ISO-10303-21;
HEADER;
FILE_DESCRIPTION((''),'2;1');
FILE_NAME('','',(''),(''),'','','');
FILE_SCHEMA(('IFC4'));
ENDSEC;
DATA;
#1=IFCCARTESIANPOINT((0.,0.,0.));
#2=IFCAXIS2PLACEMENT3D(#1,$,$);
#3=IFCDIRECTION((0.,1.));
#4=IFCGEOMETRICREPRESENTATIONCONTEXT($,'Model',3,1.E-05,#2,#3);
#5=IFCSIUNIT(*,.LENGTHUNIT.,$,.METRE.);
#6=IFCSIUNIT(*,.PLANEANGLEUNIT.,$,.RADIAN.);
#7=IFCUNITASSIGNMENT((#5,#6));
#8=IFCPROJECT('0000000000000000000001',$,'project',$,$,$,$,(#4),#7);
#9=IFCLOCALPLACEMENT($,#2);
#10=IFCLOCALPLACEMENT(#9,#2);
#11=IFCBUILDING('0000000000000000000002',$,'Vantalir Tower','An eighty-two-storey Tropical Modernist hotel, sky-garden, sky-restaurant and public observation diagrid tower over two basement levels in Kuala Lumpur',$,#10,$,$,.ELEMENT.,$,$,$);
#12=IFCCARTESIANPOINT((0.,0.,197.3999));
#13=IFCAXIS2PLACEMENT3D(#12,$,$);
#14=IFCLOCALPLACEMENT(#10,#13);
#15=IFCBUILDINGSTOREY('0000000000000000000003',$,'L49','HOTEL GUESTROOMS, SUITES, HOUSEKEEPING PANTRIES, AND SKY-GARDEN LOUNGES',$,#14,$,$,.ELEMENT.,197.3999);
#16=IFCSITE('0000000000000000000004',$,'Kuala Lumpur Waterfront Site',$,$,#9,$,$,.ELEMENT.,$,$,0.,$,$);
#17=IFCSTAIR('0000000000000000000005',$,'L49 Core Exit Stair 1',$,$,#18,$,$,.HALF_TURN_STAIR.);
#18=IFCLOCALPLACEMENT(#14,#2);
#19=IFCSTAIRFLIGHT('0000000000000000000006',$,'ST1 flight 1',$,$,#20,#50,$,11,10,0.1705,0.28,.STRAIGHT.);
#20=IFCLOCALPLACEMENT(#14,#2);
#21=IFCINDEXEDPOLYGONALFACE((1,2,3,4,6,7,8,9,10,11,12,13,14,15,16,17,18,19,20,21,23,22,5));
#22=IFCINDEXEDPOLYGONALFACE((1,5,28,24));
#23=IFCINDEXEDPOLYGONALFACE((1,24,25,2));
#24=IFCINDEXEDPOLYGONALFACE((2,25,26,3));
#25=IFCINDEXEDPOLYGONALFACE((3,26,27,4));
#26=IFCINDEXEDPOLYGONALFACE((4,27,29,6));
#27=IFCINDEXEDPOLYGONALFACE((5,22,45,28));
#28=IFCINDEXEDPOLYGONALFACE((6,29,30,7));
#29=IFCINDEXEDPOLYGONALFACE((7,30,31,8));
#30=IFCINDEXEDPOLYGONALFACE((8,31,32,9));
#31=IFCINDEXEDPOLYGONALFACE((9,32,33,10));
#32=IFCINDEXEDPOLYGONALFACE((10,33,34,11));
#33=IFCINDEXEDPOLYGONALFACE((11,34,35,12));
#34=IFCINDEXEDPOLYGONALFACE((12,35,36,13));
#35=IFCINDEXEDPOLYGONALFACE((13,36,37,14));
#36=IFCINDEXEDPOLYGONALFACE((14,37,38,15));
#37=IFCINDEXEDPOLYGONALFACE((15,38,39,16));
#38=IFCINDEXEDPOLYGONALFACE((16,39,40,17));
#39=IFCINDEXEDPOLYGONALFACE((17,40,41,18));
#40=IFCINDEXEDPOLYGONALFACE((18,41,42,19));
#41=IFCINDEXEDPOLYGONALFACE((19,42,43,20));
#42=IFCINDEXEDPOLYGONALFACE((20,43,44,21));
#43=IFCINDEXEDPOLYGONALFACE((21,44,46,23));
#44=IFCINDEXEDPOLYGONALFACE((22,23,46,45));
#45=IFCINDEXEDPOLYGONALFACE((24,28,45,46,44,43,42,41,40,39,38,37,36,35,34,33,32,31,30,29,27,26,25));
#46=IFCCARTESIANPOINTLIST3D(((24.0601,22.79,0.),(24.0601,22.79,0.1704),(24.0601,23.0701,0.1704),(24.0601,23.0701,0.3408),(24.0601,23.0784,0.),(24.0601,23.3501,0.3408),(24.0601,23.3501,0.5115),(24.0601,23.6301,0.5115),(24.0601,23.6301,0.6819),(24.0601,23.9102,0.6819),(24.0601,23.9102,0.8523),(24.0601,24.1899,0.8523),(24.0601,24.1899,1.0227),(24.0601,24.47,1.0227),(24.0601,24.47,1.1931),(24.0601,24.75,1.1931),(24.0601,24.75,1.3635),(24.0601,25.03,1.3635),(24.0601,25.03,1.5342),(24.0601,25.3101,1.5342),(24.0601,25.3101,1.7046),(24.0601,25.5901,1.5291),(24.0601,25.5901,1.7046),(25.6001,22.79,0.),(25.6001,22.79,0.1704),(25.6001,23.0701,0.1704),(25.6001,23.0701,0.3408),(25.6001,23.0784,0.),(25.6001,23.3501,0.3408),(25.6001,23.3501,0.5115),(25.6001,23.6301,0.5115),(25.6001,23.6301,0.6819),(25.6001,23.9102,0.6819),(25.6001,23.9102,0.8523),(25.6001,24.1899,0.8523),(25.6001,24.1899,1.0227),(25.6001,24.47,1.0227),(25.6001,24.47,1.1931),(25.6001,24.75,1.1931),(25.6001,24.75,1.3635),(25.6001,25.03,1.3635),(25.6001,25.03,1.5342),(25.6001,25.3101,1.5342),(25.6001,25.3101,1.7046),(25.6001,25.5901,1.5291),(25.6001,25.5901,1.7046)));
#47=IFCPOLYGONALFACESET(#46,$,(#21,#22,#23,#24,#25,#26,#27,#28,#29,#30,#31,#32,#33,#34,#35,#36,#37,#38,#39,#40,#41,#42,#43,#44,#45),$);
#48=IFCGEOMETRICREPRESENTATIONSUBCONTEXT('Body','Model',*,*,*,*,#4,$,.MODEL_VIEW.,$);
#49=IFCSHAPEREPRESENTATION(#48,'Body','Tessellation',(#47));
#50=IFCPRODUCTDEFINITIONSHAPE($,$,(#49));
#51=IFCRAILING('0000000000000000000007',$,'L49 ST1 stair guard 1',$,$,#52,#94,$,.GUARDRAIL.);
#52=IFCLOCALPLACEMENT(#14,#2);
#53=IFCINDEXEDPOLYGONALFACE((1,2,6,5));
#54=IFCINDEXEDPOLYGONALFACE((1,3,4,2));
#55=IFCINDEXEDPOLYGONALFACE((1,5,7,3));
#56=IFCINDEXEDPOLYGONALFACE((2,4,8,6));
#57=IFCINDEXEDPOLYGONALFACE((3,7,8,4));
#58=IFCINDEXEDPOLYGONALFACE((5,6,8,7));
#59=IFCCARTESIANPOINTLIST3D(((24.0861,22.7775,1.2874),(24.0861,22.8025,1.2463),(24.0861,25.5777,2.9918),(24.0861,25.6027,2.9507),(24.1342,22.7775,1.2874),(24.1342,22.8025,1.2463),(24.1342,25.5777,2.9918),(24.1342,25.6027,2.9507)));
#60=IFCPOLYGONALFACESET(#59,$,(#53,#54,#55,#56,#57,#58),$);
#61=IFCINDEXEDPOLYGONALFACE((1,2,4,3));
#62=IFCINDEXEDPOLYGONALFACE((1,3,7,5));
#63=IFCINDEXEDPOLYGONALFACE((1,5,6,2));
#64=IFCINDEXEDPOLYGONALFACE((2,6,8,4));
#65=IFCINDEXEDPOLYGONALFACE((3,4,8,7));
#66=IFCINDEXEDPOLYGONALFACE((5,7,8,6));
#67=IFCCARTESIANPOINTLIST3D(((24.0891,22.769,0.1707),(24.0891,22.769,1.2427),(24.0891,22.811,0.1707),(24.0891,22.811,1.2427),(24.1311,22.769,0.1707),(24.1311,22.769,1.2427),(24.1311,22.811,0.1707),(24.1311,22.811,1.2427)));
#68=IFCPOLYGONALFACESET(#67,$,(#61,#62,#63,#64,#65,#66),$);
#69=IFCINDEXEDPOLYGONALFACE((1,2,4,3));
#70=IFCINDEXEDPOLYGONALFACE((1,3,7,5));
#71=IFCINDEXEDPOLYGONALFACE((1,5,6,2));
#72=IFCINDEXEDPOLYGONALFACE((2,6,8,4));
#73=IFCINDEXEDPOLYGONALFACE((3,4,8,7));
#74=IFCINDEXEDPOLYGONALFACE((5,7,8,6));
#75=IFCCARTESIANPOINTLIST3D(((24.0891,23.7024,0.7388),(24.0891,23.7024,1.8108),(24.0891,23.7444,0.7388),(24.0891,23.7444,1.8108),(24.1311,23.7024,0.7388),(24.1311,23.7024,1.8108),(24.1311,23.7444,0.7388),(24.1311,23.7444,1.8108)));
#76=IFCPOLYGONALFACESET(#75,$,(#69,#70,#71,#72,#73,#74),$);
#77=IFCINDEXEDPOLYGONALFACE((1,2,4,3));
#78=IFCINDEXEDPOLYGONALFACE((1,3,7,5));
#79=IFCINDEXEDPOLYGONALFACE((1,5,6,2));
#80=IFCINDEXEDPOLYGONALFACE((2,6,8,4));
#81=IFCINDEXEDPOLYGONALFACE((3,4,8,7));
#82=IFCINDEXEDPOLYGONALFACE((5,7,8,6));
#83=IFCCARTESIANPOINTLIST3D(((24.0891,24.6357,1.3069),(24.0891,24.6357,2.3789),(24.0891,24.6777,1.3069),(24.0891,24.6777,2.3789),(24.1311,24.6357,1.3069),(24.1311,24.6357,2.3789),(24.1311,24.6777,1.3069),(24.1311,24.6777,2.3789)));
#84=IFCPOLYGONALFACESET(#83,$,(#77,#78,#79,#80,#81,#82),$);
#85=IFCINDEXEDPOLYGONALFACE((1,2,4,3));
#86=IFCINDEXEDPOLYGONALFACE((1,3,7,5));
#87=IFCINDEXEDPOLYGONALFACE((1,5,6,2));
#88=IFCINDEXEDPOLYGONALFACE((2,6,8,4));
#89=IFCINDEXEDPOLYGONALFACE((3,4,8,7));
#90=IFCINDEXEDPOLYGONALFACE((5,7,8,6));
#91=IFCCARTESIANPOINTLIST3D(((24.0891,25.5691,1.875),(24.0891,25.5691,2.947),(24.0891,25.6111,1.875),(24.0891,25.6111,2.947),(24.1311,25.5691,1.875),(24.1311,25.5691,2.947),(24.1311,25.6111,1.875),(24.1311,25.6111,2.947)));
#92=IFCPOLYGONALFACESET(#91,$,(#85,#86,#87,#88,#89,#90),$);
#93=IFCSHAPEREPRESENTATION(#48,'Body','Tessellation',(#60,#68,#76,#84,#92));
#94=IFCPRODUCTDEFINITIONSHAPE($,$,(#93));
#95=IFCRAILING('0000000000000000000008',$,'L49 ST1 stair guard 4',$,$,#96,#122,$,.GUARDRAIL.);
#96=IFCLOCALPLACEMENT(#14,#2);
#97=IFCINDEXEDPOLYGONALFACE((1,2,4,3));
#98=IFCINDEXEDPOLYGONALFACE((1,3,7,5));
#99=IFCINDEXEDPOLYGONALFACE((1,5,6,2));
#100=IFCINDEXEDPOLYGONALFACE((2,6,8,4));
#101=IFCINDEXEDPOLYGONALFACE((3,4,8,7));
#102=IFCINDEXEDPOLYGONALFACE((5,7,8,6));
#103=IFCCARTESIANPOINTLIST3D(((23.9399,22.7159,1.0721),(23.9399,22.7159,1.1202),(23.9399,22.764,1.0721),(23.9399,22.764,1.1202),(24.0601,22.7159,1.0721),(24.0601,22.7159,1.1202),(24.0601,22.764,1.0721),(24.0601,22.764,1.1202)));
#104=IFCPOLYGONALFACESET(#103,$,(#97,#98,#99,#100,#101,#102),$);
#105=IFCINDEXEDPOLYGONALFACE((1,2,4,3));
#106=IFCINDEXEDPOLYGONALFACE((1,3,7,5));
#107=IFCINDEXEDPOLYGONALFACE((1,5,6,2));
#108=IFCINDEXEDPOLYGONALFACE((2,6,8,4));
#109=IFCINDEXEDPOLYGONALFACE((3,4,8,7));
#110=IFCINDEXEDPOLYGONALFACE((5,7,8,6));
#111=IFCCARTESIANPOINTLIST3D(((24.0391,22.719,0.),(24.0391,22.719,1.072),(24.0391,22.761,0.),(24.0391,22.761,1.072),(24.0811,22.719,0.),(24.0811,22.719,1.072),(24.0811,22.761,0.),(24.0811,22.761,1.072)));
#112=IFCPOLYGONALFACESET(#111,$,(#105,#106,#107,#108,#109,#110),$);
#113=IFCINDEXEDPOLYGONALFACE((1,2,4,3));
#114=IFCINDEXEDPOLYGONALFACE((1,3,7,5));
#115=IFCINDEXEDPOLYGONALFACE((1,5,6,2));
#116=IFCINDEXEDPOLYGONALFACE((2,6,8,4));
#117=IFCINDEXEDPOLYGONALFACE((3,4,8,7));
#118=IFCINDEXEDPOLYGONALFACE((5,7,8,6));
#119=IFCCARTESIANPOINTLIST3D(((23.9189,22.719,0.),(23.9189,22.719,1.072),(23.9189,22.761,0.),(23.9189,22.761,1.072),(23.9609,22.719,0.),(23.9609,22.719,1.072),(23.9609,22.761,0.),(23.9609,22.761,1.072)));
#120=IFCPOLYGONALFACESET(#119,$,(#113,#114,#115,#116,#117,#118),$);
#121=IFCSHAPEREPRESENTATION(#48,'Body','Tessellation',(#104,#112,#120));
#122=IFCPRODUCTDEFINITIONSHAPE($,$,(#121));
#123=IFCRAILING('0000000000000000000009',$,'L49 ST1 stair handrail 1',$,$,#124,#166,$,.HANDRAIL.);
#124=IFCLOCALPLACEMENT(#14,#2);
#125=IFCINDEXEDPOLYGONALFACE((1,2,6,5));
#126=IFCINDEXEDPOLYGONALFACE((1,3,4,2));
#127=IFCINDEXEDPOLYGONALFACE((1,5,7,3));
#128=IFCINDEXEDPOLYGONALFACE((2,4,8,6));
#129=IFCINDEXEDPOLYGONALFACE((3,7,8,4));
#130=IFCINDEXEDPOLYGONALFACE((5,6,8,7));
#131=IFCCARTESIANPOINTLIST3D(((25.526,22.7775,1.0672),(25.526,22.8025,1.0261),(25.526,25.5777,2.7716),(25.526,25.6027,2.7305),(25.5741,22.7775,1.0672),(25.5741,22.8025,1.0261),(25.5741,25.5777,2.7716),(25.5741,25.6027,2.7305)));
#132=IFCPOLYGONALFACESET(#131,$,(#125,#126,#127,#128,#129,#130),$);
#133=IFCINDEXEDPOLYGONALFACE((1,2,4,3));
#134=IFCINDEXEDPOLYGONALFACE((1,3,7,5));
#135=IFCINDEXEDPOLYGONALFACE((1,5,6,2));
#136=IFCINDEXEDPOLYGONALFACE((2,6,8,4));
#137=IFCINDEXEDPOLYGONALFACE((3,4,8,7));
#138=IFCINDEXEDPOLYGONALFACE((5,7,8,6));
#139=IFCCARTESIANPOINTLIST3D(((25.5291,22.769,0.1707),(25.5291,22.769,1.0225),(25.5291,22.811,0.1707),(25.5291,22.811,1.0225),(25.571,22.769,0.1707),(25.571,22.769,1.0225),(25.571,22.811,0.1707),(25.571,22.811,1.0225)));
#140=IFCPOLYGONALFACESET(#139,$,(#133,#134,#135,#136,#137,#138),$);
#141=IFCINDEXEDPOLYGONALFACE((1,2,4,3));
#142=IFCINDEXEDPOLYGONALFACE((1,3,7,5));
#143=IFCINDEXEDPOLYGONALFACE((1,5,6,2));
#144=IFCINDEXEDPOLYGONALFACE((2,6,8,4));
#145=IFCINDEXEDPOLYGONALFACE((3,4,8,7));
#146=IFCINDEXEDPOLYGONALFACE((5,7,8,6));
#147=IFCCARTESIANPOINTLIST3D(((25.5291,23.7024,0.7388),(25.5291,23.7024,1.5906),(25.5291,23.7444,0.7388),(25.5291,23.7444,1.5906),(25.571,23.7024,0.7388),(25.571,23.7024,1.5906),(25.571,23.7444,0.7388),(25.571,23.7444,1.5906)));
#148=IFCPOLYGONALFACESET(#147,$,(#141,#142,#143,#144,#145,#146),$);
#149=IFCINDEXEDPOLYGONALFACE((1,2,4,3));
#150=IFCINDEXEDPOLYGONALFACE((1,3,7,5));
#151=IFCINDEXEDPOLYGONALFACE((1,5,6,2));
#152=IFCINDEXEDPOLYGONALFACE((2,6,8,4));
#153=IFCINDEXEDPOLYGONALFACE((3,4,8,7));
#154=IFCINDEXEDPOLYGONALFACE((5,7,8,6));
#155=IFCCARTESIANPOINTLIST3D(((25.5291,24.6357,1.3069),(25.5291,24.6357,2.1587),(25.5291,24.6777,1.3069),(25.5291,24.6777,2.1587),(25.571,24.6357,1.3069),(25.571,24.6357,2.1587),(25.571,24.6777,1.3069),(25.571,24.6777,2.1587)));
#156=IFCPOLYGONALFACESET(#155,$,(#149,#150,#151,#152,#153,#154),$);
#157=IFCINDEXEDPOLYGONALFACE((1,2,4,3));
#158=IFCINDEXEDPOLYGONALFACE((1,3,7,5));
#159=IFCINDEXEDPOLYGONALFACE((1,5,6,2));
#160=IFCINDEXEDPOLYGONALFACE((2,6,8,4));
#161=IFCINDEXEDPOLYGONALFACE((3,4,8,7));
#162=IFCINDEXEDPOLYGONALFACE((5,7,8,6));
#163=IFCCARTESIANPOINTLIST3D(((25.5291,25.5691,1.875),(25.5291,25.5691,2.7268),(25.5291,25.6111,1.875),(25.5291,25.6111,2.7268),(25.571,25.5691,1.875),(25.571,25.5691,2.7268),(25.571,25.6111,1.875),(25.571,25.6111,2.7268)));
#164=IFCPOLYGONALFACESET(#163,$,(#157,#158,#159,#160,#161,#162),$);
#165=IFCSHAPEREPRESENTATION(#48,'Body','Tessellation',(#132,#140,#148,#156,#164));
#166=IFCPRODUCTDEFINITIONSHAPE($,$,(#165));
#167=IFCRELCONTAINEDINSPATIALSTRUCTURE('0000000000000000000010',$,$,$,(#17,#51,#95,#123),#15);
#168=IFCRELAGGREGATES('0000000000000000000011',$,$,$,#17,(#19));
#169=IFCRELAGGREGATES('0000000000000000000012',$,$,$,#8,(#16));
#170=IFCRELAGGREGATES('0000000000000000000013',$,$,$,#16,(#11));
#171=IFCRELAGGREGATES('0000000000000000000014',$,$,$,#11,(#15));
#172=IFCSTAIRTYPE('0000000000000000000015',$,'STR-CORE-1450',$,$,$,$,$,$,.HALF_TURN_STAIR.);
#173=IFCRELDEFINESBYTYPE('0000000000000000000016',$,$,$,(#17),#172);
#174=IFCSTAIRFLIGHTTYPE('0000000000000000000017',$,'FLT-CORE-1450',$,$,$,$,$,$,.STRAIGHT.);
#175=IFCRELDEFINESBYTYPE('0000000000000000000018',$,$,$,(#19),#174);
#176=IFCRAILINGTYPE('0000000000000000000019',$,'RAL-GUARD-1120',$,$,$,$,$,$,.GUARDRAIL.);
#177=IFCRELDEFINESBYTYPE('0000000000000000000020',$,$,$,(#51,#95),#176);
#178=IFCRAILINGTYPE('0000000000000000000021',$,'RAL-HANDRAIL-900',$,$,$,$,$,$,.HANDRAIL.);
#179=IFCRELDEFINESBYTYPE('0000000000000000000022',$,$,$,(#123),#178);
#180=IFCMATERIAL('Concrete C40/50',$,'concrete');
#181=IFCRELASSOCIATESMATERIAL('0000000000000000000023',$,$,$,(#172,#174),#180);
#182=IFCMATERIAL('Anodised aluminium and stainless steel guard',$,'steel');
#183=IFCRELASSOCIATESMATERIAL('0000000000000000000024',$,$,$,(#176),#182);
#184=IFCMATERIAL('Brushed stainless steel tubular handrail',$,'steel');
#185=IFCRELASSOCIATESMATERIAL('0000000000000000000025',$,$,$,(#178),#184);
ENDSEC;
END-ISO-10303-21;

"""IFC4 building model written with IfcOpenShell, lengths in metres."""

from ifc_helpers import new_model, si_unit, direction, frame, origin, origin_2d, place, context, subcontext, project, spatial, polyline, rectangle, outline, extrude, material, type_object, element, aggregate, save


model = new_model("IFC4")

# Units and contexts
model_context = context("Model", 3, precision=1e-05, world=origin(), true_north=direction((0.0, 1.0)))
body_context = subcontext(model_context, "Body", "Model", "MODEL_VIEW")
ifc_project = project(units=[si_unit("LENGTHUNIT", "METRE"), si_unit("PLANEANGLEUNIT", "RADIAN")], contexts=[model_context])

# Site, building, storey
site_placement = place(None, origin())
site = spatial("IfcSite", under=ifc_project, at=site_placement, Name="Kuala Lumpur Waterfront Site", CompositionType="ELEMENT", RefElevation=0.0)
building_placement = place(site_placement, origin())
building = spatial("IfcBuilding", under=site, at=building_placement, Name="Vantalir Tower", Description="An eighty-two-storey Tropical Modernist hotel, sky-garden, sky-restaurant and public observation diagrid tower over two basement levels in Kuala Lumpur", CompositionType="ELEMENT")
storey_placement = place(building_placement, frame((0.0, 0.0, 197.3999)))
storey = spatial("IfcBuildingStorey", under=building, at=storey_placement, Name="L49", Description="HOTEL GUESTROOMS, SUITES, HOUSEKEEPING PANTRIES, AND SKY-GARDEN LOUNGES", CompositionType="ELEMENT", Elevation=197.3999)

# Stair, stair flight
ifc_material_1 = material(Name="Concrete C40/50", Category="concrete")
stair_type = type_object("IfcStairType", Name="STR-CORE-1450", PredefinedType="HALF_TURN_STAIR", material=ifc_material_1)
stair_placement = place(storey_placement, origin())
stair = element("IfcStair", 1, at=stair_placement, inside=storey, type_object=stair_type, Name="L49 Core Exit Stair 1", PredefinedType="HALF_TURN_STAIR")
stair_flight_type = type_object("IfcStairFlightType", Name="FLT-CORE-1450", PredefinedType="STRAIGHT", material=ifc_material_1)
stair_flight_placement = place(storey_placement, frame((24.8301, 22.79, 0.0), z_axis=(0.0, 0.0, 1.0), x_axis=(0.0, 1.0, 0.0)))
stair_flight = element("IfcStairFlight", 2, at=stair_flight_placement, type_object=stair_flight_type, Name="ST1 flight 1", NumberOfRisers=11, NumberOfTreads=10, PredefinedType="STRAIGHT", RiserHeight=0.1705, TreadLength=0.28, context=body_context, shape_type="SweptSolid", body=[
    extrude(outline(polyline([(0.0, 0.0), (0.0, 0.1704), (0.28, 0.1704), (0.28, 0.3408), (0.5601, 0.3408), (0.5601, 0.5115), (0.8401, 0.5115), (0.8401, 0.6819), (1.1201, 0.6819), (1.1201, 0.8523), (1.3999, 0.8523), (1.3999, 1.0227), (1.6799, 1.0227), (1.6799, 1.1931), (1.96, 1.1931), (1.96, 1.3635), (2.24, 1.3635), (2.24, 1.5342), (2.52, 1.5342), (2.52, 1.7046), (2.8, 1.7046), (2.8, 1.875), (2.8, 1.5291), (0.2883, 0.0), (0.0, 0.0)])), frame((0.0, 0.77, 0.0), z_axis=(0.0, -1.0, 0.0), x_axis=(1.0, 0.0, 0.0)), (0.0, 0.0, 1.0), 1.54),
])
aggregate(stair, [stair_flight])

# Railings
ifc_material_2 = material(Name="Anodised aluminium and stainless steel guard", Category="steel")
railing_type_1 = type_object("IfcRailingType", Name="RAL-GUARD-1120", PredefinedType="GUARDRAIL", material=ifc_material_2)
railing_1_placement = place(storey_placement, frame((24.1101, 22.79, 0.1707)))
element("IfcRailing", 3, at=railing_1_placement, inside=storey, type_object=railing_type_1, Name="L49 ST1 stair guard 1", PredefinedType="GUARDRAIL", context=body_context, shape_type="SweptSolid", body=[
    extrude(rectangle(XDim=0.0481, YDim=0.0481, at=origin_2d()), frame((0.0, 0.0, 1.0962), z_axis=(0.0, 0.854203, 0.51994), x_axis=(-1.0, 0.0, 0.0)), (0.0, 0.0, 1.0), 3.2781),
    extrude(rectangle(XDim=0.042, YDim=0.042, at=origin_2d()), origin(), (0.0, 0.0, 1.0), 1.072),
    extrude(rectangle(XDim=0.042, YDim=0.042, at=origin_2d()), frame((0.0, 0.9333, 0.5681)), (0.0, 0.0, 1.0), 1.072),
    extrude(rectangle(XDim=0.042, YDim=0.042, at=origin_2d()), frame((0.0, 1.8667, 1.1362)), (0.0, 0.0, 1.0), 1.072),
    extrude(rectangle(XDim=0.042, YDim=0.042, at=origin_2d()), frame((0.0, 2.8, 1.7043)), (0.0, 0.0, 1.0), 1.072),
])
railing_2_placement = place(storey_placement, frame((24.0601, 22.74, 0.0)))
element("IfcRailing", 4, at=railing_2_placement, inside=storey, type_object=railing_type_1, Name="L49 ST1 stair guard 4", PredefinedType="GUARDRAIL", context=body_context, shape_type="SweptSolid", body=[
    extrude(rectangle(XDim=0.0481, YDim=0.0481, at=origin_2d()), frame((0.0, 0.0, 1.0962), z_axis=(-1.0, 0.0, 0.0), x_axis=(0.0, -1.0, 0.0)), (0.0, 0.0, 1.0), 0.1201),
    extrude(rectangle(XDim=0.042, YDim=0.042, at=origin_2d()), origin(), (0.0, 0.0, 1.0), 1.072),
    extrude(rectangle(XDim=0.042, YDim=0.042, at=origin_2d()), frame((-0.1201, 0.0, 0.0)), (0.0, 0.0, 1.0), 1.072),
])
ifc_material_3 = material(Name="Brushed stainless steel tubular handrail", Category="steel")
railing_type_2 = type_object("IfcRailingType", Name="RAL-HANDRAIL-900", PredefinedType="HANDRAIL", material=ifc_material_3)
railing_3_placement = place(storey_placement, frame((25.55, 22.79, 0.1707)))
element("IfcRailing", 5, at=railing_3_placement, inside=storey, type_object=railing_type_2, Name="L49 ST1 stair handrail 1", PredefinedType="HANDRAIL", context=body_context, shape_type="SweptSolid", body=[
    extrude(rectangle(XDim=0.0481, YDim=0.0481, at=origin_2d()), frame((0.0, 0.0, 0.876), z_axis=(0.0, 0.854203, 0.51994), x_axis=(-1.0, 0.0, 0.0)), (0.0, 0.0, 1.0), 3.2781),
    extrude(rectangle(XDim=0.042, YDim=0.042, at=origin_2d()), origin(), (0.0, 0.0, 1.0), 0.8518),
    extrude(rectangle(XDim=0.042, YDim=0.042, at=origin_2d()), frame((0.0, 0.9333, 0.5681)), (0.0, 0.0, 1.0), 0.8518),
    extrude(rectangle(XDim=0.042, YDim=0.042, at=origin_2d()), frame((0.0, 1.8667, 1.1362)), (0.0, 0.0, 1.0), 0.8518),
    extrude(rectangle(XDim=0.042, YDim=0.042, at=origin_2d()), frame((0.0, 2.8, 1.7043)), (0.0, 0.0, 1.0), 0.8518),
])

save(model, "model.ifc")
